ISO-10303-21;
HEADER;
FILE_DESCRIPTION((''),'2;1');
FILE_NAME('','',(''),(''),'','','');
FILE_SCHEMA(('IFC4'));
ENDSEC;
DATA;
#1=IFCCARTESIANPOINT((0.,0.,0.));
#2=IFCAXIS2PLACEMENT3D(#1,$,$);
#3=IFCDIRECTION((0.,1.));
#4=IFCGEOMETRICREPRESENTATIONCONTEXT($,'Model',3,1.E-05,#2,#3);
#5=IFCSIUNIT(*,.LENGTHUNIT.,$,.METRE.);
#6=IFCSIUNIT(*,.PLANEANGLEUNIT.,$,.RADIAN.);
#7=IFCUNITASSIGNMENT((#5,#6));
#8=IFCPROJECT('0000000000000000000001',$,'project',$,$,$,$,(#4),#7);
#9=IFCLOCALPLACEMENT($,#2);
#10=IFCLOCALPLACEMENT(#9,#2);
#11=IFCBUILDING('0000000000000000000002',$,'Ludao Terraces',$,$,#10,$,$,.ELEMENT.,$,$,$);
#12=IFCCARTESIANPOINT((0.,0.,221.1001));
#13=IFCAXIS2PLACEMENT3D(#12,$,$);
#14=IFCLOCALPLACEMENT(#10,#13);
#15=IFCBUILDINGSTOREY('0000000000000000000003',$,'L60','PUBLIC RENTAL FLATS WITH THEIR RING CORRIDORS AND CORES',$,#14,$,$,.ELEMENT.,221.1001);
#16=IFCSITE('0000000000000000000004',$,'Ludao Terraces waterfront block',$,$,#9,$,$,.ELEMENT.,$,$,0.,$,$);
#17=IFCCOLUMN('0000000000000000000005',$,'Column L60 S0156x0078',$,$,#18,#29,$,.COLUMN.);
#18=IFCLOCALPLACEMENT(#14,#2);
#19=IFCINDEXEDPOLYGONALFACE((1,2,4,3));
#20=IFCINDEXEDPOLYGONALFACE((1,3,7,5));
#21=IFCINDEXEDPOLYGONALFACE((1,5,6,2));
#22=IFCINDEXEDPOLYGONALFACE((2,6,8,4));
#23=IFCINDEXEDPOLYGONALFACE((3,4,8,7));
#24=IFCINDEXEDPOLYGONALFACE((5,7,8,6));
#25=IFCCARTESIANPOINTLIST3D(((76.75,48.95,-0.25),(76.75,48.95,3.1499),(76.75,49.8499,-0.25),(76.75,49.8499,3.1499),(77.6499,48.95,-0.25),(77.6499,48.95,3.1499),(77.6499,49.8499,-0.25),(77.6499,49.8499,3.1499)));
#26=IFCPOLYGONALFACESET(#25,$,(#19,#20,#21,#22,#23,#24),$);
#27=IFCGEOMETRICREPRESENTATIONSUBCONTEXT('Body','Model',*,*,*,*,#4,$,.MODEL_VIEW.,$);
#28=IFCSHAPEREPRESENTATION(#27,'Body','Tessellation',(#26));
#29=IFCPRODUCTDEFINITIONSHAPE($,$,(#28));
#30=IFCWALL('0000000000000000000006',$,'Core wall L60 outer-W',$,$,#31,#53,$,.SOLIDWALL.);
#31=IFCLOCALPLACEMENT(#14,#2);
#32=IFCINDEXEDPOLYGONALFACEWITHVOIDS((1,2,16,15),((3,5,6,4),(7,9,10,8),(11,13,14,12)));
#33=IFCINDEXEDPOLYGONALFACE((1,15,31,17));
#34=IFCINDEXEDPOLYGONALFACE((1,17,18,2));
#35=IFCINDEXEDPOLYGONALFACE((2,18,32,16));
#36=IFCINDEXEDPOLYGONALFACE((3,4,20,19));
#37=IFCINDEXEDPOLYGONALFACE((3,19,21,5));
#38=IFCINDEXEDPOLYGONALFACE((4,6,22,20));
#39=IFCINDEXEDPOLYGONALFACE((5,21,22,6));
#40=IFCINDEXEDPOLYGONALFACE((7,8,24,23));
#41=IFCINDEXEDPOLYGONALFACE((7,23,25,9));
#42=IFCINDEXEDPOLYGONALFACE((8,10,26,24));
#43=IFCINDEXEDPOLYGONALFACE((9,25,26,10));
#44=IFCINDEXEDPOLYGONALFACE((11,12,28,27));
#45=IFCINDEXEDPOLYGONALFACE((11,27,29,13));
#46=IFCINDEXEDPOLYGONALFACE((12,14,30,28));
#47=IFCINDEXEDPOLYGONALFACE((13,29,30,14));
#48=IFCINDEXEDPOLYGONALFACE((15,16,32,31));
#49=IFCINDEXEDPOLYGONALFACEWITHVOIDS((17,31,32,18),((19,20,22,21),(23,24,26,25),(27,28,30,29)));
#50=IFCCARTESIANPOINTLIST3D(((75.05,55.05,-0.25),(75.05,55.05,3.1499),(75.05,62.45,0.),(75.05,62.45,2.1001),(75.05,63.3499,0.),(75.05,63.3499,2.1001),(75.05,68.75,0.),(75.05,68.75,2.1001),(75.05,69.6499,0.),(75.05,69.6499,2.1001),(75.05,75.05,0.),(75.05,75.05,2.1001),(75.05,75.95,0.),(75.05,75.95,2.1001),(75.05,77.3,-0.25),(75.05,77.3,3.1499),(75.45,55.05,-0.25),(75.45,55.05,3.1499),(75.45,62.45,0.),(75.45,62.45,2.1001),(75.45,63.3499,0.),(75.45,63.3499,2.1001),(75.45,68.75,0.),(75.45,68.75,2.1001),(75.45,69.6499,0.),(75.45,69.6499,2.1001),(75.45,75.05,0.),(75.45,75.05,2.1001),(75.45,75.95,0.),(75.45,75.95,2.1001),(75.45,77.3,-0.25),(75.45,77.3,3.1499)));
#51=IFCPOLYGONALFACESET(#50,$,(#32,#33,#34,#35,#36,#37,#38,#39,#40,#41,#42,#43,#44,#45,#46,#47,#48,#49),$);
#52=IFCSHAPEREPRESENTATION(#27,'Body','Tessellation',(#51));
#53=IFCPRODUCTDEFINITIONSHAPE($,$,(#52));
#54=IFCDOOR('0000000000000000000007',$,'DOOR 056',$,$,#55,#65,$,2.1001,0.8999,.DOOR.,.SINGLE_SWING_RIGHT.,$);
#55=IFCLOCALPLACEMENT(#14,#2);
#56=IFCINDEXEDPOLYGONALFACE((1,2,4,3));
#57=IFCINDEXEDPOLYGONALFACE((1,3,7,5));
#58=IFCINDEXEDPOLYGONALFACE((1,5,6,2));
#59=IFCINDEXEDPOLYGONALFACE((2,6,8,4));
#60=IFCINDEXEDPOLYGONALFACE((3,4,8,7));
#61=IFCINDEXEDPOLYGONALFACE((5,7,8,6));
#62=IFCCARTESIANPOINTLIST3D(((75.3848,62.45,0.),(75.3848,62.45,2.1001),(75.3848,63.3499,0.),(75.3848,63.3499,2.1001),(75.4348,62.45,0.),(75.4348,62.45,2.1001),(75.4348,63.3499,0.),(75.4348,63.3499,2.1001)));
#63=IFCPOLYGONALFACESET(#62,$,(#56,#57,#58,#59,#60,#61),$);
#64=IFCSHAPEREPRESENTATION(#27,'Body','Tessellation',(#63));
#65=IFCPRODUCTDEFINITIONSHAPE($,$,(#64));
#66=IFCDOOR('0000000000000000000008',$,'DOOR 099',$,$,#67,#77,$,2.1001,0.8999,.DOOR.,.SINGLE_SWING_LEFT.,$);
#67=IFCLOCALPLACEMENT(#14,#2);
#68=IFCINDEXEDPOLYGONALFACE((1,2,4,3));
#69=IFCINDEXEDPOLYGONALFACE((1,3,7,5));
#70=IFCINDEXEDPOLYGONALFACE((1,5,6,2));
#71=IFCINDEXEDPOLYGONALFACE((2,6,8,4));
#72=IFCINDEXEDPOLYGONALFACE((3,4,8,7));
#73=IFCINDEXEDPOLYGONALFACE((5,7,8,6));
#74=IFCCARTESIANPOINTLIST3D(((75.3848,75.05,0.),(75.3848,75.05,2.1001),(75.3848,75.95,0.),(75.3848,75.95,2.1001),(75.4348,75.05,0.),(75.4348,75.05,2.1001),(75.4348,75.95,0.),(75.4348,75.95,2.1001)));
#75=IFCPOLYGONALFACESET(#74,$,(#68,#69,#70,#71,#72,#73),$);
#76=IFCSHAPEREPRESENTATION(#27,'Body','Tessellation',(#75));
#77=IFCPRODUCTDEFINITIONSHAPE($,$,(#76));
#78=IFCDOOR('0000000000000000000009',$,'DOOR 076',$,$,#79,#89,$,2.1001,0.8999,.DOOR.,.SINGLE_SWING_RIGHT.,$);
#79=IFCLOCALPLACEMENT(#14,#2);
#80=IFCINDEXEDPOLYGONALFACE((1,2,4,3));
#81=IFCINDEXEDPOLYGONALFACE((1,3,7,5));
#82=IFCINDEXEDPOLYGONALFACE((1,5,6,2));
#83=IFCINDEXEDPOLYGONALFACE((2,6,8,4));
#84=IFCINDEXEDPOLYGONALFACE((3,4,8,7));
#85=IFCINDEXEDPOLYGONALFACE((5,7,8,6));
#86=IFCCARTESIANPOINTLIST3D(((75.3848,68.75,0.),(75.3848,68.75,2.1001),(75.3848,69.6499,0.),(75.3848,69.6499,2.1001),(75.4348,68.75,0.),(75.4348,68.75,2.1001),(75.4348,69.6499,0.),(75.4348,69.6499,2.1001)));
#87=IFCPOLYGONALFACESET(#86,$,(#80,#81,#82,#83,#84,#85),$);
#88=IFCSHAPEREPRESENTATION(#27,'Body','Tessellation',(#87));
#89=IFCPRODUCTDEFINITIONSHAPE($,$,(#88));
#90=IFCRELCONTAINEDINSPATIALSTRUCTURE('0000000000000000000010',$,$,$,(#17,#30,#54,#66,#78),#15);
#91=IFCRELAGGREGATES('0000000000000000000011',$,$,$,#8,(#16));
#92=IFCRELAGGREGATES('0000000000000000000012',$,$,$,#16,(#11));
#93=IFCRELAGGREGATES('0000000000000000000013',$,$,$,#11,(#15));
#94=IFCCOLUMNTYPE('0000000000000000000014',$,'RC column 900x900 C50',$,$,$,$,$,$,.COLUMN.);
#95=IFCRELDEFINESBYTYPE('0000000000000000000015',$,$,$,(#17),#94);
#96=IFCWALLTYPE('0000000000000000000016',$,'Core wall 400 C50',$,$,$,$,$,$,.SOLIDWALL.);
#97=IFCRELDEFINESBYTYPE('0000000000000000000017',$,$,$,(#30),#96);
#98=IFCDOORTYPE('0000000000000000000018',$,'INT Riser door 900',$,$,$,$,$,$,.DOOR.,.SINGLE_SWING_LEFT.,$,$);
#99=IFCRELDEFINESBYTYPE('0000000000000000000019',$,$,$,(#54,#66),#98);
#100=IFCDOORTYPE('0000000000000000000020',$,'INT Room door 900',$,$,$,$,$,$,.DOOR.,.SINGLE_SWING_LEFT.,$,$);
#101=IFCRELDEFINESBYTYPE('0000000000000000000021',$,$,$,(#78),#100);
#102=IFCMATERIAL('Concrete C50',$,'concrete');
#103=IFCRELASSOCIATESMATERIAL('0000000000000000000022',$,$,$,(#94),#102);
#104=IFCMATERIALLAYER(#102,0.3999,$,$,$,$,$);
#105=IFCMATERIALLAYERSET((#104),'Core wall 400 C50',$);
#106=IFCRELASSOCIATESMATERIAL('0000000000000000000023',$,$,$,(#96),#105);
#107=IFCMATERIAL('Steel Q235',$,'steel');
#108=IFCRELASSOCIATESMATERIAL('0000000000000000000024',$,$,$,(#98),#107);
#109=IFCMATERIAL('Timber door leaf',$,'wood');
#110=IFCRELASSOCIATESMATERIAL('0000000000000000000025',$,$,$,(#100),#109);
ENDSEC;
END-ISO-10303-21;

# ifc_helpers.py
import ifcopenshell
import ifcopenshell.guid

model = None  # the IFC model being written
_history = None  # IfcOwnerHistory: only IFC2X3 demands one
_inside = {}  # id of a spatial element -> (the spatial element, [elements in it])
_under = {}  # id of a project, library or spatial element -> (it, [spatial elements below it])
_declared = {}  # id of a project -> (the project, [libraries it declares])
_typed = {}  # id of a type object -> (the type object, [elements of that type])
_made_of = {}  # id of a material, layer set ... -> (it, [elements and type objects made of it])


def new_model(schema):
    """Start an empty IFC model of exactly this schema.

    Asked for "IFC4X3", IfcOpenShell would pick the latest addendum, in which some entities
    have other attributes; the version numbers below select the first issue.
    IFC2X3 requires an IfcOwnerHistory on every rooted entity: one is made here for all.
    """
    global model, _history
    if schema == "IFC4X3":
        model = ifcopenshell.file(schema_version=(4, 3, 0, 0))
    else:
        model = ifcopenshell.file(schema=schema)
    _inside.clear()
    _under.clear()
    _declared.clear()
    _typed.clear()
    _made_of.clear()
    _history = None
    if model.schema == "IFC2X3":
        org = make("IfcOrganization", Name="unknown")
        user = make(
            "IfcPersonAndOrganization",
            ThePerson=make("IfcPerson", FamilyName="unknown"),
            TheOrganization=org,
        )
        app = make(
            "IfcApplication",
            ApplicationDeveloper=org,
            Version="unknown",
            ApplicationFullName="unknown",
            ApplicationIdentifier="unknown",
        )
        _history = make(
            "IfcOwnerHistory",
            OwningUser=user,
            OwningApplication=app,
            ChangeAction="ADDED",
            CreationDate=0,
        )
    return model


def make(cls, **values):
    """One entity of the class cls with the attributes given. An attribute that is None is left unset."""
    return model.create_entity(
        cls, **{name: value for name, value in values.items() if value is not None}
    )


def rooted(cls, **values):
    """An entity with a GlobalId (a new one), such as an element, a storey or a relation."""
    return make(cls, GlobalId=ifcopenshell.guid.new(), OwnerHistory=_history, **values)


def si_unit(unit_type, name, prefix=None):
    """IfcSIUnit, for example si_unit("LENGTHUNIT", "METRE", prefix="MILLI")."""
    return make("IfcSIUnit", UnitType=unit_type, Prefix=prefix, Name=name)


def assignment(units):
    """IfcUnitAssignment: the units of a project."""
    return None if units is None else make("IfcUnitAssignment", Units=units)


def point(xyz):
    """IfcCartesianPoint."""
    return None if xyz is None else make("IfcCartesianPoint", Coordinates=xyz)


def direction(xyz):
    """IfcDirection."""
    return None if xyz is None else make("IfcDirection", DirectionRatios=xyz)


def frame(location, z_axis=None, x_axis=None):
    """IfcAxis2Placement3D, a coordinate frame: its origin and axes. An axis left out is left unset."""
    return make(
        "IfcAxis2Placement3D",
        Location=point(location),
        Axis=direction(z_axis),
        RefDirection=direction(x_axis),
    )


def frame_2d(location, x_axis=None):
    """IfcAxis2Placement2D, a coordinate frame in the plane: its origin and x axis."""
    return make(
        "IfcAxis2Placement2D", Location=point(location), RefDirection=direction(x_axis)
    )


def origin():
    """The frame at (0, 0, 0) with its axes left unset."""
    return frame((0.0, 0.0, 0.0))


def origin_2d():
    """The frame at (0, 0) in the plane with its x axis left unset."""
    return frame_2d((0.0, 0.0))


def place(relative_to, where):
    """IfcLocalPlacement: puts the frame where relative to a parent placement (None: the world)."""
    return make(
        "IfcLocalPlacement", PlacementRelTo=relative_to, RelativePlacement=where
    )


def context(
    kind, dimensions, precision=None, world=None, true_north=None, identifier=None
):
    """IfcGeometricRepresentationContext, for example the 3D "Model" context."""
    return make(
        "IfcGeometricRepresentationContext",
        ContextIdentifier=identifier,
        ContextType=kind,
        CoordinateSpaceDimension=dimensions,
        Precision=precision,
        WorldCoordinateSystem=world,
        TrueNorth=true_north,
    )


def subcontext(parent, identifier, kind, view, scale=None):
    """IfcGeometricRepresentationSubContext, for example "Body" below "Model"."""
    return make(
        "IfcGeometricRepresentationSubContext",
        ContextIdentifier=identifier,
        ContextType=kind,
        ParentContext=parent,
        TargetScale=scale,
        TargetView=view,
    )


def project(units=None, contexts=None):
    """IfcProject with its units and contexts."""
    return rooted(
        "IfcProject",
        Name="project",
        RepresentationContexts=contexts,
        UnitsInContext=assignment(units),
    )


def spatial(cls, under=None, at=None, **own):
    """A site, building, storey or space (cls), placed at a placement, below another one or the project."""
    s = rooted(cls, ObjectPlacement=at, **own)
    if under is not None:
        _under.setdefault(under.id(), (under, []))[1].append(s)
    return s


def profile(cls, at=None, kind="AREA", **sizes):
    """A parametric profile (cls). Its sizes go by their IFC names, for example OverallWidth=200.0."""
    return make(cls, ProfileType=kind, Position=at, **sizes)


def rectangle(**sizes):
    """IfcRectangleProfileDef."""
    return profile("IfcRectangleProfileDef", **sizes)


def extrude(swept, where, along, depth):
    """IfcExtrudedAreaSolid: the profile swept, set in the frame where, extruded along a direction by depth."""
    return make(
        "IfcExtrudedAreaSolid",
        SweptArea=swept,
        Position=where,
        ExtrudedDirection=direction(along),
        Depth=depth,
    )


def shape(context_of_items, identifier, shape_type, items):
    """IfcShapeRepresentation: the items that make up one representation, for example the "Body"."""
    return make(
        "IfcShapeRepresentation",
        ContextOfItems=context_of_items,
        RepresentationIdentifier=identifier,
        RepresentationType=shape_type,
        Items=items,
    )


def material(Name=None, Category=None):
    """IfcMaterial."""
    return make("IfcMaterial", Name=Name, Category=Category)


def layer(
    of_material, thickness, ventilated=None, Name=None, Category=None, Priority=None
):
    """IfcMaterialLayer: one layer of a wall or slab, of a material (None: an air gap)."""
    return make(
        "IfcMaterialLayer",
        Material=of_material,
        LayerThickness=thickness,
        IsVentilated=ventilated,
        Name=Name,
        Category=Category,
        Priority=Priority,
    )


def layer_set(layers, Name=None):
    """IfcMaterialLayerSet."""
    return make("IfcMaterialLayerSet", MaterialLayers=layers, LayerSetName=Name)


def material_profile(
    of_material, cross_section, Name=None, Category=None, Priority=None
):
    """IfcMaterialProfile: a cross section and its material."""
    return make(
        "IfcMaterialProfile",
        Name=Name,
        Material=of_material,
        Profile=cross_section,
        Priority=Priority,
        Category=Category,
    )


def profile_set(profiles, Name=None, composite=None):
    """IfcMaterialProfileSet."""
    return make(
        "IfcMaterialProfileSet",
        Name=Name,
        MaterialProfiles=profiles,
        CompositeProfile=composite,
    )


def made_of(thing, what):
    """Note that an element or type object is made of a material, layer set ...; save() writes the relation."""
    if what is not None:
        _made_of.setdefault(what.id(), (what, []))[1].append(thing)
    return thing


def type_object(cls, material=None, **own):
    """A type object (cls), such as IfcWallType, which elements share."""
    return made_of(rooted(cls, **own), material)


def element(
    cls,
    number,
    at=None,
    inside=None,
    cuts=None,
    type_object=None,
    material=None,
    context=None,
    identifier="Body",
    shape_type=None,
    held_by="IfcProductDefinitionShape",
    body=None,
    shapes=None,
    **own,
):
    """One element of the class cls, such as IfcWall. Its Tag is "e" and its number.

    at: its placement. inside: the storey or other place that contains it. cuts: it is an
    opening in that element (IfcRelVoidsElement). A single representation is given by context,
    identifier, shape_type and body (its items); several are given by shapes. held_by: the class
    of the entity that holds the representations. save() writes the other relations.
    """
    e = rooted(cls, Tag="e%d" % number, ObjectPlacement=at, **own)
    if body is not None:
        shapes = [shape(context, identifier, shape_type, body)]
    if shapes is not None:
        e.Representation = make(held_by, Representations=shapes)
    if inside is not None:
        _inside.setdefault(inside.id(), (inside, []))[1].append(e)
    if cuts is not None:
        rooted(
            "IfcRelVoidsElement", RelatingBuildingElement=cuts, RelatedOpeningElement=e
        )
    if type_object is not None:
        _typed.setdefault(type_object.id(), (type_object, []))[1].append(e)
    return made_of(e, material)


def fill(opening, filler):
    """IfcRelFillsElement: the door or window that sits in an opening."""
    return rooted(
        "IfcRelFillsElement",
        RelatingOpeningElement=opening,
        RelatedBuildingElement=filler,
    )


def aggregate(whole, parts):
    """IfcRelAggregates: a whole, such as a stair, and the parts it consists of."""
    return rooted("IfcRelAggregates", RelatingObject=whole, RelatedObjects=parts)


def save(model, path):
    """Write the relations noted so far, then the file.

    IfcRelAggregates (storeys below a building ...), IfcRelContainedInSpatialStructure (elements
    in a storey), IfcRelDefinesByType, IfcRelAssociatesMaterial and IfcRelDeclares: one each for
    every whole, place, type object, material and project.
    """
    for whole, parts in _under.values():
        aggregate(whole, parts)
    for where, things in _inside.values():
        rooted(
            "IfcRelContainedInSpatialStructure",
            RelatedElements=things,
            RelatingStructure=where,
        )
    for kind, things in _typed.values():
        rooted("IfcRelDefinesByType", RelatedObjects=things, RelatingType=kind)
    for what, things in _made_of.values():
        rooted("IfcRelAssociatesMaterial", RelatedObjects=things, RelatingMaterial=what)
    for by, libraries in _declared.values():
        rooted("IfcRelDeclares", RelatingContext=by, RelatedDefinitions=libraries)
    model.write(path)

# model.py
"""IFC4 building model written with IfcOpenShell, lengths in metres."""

from ifc_helpers import new_model, si_unit, direction, frame, frame_2d, origin, origin_2d, place, context, subcontext, project, spatial, rectangle, extrude, material, layer, layer_set, material_profile, profile_set, type_object, element, fill, save


model = new_model("IFC4")

# Units and contexts
model_context = context("Model", 3, precision=1e-05, world=origin(), true_north=direction((0.0, 1.0)))
body_context = subcontext(model_context, "Body", "Model", "MODEL_VIEW")
ifc_project = project(units=[si_unit("LENGTHUNIT", "METRE"), si_unit("PLANEANGLEUNIT", "RADIAN")], contexts=[model_context])

# Site, building, storey
site_placement = place(None, origin())
site = spatial("IfcSite", under=ifc_project, at=site_placement, Name="Ludao Terraces waterfront block", CompositionType="ELEMENT", RefElevation=0.0)
building_placement = place(site_placement, origin())
building = spatial("IfcBuilding", under=site, at=building_placement, Name="Ludao Terraces", CompositionType="ELEMENT")
storey_placement = place(building_placement, frame((0.0, 0.0, 221.1001)))
storey = spatial("IfcBuildingStorey", under=building, at=storey_placement, Name="L60", Description="PUBLIC RENTAL FLATS WITH THEIR RING CORRIDORS AND CORES", CompositionType="ELEMENT", Elevation=221.1001)

# Column
ifc_material_1 = material(Name="Concrete C50", Category="concrete")
ifc_material_profile = material_profile(ifc_material_1, rectangle(XDim=0.8999, YDim=0.8999, at=origin_2d()), Name="900 X 900")
ifc_profile_set = profile_set([ifc_material_profile], Name="Concrete C50")
column_type = type_object("IfcColumnType", Name="RC column 900x900 C50", PredefinedType="COLUMN", material=ifc_profile_set)
column_placement = place(storey_placement, frame((77.2, 49.3999, -0.25), z_axis=(0.0, 0.0, 1.0), x_axis=(1.0, 0.0, 0.0)))
element("IfcColumn", 1, at=column_placement, inside=storey, type_object=column_type, Name="Column L60 S0156x0078", PredefinedType="COLUMN", context=body_context, shape_type="SweptSolid", body=[
    extrude(rectangle(XDim=0.8999, YDim=0.8999, at=origin_2d()), origin(), (0.0, 0.0, 1.0), 3.3999),
])

# Wall, openings, doors
ifc_layer_1 = layer(ifc_material_1, 0.3999)
ifc_layer_set_1 = layer_set([ifc_layer_1], Name="Core wall 400 C50")
wall_type_1 = type_object("IfcWallType", Name="Core wall 400 C50", PredefinedType="SOLIDWALL", material=ifc_layer_set_1)
wall_1_placement = place(storey_placement, frame((75.25, 55.05, -0.25), z_axis=(0.0, 0.0, 1.0), x_axis=(0.0, 1.0, 0.0)))
wall_1 = element("IfcWall", 2, at=wall_1_placement, inside=storey, type_object=wall_type_1, Name="Core wall L60 outer-W", PredefinedType="SOLIDWALL", context=body_context, shape_type="SweptSolid", body=[
    extrude(rectangle(XDim=22.25, YDim=0.3999, at=frame_2d((11.125, 0.0))), origin(), (0.0, 0.0, 1.0), 3.3999),
])
opening_1_placement = place(wall_1_placement, frame((7.3999, 0.0, 0.25)))
opening_1 = element("IfcOpeningElement", 3, at=opening_1_placement, cuts=wall_1, PredefinedType="OPENING", context=body_context, shape_type="SweptSolid", body=[
    extrude(rectangle(XDim=0.8999, YDim=2.1001, at=frame_2d((0.45, 1.05))), frame((0.0, 0.21, 0.0), z_axis=(0.0, -1.0, 0.0), x_axis=(1.0, 0.0, 0.0)), (0.0, 0.0, 1.0), 0.4199),
])
opening_2_placement = place(wall_1_placement, frame((13.7, 0.0, 0.25)))
opening_2 = element("IfcOpeningElement", 4, at=opening_2_placement, cuts=wall_1, PredefinedType="OPENING", context=body_context, shape_type="SweptSolid", body=[
    extrude(rectangle(XDim=0.8999, YDim=2.1001, at=frame_2d((0.45, 1.05))), frame((0.0, 0.21, 0.0), z_axis=(0.0, -1.0, 0.0), x_axis=(1.0, 0.0, 0.0)), (0.0, 0.0, 1.0), 0.4199),
])
opening_3_placement = place(wall_1_placement, frame((20.0, 0.0, 0.25)))
opening_3 = element("IfcOpeningElement", 5, at=opening_3_placement, cuts=wall_1, PredefinedType="OPENING", context=body_context, shape_type="SweptSolid", body=[
    extrude(rectangle(XDim=0.8999, YDim=2.1001, at=frame_2d((0.45, 1.05))), frame((0.0, 0.21, 0.0), z_axis=(0.0, -1.0, 0.0), x_axis=(1.0, 0.0, 0.0)), (0.0, 0.0, 1.0), 0.4199),
])
ifc_material_2 = material(Name="Steel Q235", Category="steel")
door_type_1 = type_object("IfcDoorType", Name="INT Riser door 900", OperationType="SINGLE_SWING_LEFT", PredefinedType="DOOR", material=ifc_material_2)
door_1_placement = place(opening_1_placement, origin())
door_1 = element("IfcDoor", 6, at=door_1_placement, inside=storey, type_object=door_type_1, Name="DOOR 056", OperationType="SINGLE_SWING_RIGHT", OverallHeight=2.1001, OverallWidth=0.8999, PredefinedType="DOOR", context=body_context, shape_type="SweptSolid", body=[
    extrude(rectangle(XDim=0.8999, YDim=2.1001, at=frame_2d((0.45, 1.05))), frame((0.0, -0.1348, 0.0), z_axis=(0.0, -1.0, 0.0), x_axis=(1.0, 0.0, 0.0)), (0.0, 0.0, 1.0), 0.05),
])
fill(opening_1, door_1)
door_2_placement = place(opening_3_placement, origin())
door_2 = element("IfcDoor", 7, at=door_2_placement, inside=storey, type_object=door_type_1, Name="DOOR 099", OperationType="SINGLE_SWING_LEFT", OverallHeight=2.1001, OverallWidth=0.8999, PredefinedType="DOOR", context=body_context, shape_type="SweptSolid", body=[
    extrude(rectangle(XDim=0.8999, YDim=2.1001, at=frame_2d((0.45, 1.05))), frame((0.0, -0.1348, 0.0), z_axis=(0.0, -1.0, 0.0), x_axis=(1.0, 0.0, 0.0)), (0.0, 0.0, 1.0), 0.05),
])
fill(opening_3, door_2)
ifc_material_3 = material(Name="Timber door leaf", Category="wood")
door_type_2 = type_object("IfcDoorType", Name="INT Room door 900", OperationType="SINGLE_SWING_LEFT", PredefinedType="DOOR", material=ifc_material_3)
door_3_placement = place(opening_2_placement, origin())
door_3 = element("IfcDoor", 8, at=door_3_placement, inside=storey, type_object=door_type_2, Name="DOOR 076", OperationType="SINGLE_SWING_RIGHT", OverallHeight=2.1001, OverallWidth=0.8999, PredefinedType="DOOR", context=body_context, shape_type="SweptSolid", body=[
    extrude(rectangle(XDim=0.8999, YDim=2.1001, at=frame_2d((0.45, 1.05))), frame((0.0, -0.1348, 0.0), z_axis=(0.0, -1.0, 0.0), x_axis=(1.0, 0.0, 0.0)), (0.0, 0.0, 1.0), 0.05),
])
fill(opening_2, door_3)

save(model, "model.ifc")
